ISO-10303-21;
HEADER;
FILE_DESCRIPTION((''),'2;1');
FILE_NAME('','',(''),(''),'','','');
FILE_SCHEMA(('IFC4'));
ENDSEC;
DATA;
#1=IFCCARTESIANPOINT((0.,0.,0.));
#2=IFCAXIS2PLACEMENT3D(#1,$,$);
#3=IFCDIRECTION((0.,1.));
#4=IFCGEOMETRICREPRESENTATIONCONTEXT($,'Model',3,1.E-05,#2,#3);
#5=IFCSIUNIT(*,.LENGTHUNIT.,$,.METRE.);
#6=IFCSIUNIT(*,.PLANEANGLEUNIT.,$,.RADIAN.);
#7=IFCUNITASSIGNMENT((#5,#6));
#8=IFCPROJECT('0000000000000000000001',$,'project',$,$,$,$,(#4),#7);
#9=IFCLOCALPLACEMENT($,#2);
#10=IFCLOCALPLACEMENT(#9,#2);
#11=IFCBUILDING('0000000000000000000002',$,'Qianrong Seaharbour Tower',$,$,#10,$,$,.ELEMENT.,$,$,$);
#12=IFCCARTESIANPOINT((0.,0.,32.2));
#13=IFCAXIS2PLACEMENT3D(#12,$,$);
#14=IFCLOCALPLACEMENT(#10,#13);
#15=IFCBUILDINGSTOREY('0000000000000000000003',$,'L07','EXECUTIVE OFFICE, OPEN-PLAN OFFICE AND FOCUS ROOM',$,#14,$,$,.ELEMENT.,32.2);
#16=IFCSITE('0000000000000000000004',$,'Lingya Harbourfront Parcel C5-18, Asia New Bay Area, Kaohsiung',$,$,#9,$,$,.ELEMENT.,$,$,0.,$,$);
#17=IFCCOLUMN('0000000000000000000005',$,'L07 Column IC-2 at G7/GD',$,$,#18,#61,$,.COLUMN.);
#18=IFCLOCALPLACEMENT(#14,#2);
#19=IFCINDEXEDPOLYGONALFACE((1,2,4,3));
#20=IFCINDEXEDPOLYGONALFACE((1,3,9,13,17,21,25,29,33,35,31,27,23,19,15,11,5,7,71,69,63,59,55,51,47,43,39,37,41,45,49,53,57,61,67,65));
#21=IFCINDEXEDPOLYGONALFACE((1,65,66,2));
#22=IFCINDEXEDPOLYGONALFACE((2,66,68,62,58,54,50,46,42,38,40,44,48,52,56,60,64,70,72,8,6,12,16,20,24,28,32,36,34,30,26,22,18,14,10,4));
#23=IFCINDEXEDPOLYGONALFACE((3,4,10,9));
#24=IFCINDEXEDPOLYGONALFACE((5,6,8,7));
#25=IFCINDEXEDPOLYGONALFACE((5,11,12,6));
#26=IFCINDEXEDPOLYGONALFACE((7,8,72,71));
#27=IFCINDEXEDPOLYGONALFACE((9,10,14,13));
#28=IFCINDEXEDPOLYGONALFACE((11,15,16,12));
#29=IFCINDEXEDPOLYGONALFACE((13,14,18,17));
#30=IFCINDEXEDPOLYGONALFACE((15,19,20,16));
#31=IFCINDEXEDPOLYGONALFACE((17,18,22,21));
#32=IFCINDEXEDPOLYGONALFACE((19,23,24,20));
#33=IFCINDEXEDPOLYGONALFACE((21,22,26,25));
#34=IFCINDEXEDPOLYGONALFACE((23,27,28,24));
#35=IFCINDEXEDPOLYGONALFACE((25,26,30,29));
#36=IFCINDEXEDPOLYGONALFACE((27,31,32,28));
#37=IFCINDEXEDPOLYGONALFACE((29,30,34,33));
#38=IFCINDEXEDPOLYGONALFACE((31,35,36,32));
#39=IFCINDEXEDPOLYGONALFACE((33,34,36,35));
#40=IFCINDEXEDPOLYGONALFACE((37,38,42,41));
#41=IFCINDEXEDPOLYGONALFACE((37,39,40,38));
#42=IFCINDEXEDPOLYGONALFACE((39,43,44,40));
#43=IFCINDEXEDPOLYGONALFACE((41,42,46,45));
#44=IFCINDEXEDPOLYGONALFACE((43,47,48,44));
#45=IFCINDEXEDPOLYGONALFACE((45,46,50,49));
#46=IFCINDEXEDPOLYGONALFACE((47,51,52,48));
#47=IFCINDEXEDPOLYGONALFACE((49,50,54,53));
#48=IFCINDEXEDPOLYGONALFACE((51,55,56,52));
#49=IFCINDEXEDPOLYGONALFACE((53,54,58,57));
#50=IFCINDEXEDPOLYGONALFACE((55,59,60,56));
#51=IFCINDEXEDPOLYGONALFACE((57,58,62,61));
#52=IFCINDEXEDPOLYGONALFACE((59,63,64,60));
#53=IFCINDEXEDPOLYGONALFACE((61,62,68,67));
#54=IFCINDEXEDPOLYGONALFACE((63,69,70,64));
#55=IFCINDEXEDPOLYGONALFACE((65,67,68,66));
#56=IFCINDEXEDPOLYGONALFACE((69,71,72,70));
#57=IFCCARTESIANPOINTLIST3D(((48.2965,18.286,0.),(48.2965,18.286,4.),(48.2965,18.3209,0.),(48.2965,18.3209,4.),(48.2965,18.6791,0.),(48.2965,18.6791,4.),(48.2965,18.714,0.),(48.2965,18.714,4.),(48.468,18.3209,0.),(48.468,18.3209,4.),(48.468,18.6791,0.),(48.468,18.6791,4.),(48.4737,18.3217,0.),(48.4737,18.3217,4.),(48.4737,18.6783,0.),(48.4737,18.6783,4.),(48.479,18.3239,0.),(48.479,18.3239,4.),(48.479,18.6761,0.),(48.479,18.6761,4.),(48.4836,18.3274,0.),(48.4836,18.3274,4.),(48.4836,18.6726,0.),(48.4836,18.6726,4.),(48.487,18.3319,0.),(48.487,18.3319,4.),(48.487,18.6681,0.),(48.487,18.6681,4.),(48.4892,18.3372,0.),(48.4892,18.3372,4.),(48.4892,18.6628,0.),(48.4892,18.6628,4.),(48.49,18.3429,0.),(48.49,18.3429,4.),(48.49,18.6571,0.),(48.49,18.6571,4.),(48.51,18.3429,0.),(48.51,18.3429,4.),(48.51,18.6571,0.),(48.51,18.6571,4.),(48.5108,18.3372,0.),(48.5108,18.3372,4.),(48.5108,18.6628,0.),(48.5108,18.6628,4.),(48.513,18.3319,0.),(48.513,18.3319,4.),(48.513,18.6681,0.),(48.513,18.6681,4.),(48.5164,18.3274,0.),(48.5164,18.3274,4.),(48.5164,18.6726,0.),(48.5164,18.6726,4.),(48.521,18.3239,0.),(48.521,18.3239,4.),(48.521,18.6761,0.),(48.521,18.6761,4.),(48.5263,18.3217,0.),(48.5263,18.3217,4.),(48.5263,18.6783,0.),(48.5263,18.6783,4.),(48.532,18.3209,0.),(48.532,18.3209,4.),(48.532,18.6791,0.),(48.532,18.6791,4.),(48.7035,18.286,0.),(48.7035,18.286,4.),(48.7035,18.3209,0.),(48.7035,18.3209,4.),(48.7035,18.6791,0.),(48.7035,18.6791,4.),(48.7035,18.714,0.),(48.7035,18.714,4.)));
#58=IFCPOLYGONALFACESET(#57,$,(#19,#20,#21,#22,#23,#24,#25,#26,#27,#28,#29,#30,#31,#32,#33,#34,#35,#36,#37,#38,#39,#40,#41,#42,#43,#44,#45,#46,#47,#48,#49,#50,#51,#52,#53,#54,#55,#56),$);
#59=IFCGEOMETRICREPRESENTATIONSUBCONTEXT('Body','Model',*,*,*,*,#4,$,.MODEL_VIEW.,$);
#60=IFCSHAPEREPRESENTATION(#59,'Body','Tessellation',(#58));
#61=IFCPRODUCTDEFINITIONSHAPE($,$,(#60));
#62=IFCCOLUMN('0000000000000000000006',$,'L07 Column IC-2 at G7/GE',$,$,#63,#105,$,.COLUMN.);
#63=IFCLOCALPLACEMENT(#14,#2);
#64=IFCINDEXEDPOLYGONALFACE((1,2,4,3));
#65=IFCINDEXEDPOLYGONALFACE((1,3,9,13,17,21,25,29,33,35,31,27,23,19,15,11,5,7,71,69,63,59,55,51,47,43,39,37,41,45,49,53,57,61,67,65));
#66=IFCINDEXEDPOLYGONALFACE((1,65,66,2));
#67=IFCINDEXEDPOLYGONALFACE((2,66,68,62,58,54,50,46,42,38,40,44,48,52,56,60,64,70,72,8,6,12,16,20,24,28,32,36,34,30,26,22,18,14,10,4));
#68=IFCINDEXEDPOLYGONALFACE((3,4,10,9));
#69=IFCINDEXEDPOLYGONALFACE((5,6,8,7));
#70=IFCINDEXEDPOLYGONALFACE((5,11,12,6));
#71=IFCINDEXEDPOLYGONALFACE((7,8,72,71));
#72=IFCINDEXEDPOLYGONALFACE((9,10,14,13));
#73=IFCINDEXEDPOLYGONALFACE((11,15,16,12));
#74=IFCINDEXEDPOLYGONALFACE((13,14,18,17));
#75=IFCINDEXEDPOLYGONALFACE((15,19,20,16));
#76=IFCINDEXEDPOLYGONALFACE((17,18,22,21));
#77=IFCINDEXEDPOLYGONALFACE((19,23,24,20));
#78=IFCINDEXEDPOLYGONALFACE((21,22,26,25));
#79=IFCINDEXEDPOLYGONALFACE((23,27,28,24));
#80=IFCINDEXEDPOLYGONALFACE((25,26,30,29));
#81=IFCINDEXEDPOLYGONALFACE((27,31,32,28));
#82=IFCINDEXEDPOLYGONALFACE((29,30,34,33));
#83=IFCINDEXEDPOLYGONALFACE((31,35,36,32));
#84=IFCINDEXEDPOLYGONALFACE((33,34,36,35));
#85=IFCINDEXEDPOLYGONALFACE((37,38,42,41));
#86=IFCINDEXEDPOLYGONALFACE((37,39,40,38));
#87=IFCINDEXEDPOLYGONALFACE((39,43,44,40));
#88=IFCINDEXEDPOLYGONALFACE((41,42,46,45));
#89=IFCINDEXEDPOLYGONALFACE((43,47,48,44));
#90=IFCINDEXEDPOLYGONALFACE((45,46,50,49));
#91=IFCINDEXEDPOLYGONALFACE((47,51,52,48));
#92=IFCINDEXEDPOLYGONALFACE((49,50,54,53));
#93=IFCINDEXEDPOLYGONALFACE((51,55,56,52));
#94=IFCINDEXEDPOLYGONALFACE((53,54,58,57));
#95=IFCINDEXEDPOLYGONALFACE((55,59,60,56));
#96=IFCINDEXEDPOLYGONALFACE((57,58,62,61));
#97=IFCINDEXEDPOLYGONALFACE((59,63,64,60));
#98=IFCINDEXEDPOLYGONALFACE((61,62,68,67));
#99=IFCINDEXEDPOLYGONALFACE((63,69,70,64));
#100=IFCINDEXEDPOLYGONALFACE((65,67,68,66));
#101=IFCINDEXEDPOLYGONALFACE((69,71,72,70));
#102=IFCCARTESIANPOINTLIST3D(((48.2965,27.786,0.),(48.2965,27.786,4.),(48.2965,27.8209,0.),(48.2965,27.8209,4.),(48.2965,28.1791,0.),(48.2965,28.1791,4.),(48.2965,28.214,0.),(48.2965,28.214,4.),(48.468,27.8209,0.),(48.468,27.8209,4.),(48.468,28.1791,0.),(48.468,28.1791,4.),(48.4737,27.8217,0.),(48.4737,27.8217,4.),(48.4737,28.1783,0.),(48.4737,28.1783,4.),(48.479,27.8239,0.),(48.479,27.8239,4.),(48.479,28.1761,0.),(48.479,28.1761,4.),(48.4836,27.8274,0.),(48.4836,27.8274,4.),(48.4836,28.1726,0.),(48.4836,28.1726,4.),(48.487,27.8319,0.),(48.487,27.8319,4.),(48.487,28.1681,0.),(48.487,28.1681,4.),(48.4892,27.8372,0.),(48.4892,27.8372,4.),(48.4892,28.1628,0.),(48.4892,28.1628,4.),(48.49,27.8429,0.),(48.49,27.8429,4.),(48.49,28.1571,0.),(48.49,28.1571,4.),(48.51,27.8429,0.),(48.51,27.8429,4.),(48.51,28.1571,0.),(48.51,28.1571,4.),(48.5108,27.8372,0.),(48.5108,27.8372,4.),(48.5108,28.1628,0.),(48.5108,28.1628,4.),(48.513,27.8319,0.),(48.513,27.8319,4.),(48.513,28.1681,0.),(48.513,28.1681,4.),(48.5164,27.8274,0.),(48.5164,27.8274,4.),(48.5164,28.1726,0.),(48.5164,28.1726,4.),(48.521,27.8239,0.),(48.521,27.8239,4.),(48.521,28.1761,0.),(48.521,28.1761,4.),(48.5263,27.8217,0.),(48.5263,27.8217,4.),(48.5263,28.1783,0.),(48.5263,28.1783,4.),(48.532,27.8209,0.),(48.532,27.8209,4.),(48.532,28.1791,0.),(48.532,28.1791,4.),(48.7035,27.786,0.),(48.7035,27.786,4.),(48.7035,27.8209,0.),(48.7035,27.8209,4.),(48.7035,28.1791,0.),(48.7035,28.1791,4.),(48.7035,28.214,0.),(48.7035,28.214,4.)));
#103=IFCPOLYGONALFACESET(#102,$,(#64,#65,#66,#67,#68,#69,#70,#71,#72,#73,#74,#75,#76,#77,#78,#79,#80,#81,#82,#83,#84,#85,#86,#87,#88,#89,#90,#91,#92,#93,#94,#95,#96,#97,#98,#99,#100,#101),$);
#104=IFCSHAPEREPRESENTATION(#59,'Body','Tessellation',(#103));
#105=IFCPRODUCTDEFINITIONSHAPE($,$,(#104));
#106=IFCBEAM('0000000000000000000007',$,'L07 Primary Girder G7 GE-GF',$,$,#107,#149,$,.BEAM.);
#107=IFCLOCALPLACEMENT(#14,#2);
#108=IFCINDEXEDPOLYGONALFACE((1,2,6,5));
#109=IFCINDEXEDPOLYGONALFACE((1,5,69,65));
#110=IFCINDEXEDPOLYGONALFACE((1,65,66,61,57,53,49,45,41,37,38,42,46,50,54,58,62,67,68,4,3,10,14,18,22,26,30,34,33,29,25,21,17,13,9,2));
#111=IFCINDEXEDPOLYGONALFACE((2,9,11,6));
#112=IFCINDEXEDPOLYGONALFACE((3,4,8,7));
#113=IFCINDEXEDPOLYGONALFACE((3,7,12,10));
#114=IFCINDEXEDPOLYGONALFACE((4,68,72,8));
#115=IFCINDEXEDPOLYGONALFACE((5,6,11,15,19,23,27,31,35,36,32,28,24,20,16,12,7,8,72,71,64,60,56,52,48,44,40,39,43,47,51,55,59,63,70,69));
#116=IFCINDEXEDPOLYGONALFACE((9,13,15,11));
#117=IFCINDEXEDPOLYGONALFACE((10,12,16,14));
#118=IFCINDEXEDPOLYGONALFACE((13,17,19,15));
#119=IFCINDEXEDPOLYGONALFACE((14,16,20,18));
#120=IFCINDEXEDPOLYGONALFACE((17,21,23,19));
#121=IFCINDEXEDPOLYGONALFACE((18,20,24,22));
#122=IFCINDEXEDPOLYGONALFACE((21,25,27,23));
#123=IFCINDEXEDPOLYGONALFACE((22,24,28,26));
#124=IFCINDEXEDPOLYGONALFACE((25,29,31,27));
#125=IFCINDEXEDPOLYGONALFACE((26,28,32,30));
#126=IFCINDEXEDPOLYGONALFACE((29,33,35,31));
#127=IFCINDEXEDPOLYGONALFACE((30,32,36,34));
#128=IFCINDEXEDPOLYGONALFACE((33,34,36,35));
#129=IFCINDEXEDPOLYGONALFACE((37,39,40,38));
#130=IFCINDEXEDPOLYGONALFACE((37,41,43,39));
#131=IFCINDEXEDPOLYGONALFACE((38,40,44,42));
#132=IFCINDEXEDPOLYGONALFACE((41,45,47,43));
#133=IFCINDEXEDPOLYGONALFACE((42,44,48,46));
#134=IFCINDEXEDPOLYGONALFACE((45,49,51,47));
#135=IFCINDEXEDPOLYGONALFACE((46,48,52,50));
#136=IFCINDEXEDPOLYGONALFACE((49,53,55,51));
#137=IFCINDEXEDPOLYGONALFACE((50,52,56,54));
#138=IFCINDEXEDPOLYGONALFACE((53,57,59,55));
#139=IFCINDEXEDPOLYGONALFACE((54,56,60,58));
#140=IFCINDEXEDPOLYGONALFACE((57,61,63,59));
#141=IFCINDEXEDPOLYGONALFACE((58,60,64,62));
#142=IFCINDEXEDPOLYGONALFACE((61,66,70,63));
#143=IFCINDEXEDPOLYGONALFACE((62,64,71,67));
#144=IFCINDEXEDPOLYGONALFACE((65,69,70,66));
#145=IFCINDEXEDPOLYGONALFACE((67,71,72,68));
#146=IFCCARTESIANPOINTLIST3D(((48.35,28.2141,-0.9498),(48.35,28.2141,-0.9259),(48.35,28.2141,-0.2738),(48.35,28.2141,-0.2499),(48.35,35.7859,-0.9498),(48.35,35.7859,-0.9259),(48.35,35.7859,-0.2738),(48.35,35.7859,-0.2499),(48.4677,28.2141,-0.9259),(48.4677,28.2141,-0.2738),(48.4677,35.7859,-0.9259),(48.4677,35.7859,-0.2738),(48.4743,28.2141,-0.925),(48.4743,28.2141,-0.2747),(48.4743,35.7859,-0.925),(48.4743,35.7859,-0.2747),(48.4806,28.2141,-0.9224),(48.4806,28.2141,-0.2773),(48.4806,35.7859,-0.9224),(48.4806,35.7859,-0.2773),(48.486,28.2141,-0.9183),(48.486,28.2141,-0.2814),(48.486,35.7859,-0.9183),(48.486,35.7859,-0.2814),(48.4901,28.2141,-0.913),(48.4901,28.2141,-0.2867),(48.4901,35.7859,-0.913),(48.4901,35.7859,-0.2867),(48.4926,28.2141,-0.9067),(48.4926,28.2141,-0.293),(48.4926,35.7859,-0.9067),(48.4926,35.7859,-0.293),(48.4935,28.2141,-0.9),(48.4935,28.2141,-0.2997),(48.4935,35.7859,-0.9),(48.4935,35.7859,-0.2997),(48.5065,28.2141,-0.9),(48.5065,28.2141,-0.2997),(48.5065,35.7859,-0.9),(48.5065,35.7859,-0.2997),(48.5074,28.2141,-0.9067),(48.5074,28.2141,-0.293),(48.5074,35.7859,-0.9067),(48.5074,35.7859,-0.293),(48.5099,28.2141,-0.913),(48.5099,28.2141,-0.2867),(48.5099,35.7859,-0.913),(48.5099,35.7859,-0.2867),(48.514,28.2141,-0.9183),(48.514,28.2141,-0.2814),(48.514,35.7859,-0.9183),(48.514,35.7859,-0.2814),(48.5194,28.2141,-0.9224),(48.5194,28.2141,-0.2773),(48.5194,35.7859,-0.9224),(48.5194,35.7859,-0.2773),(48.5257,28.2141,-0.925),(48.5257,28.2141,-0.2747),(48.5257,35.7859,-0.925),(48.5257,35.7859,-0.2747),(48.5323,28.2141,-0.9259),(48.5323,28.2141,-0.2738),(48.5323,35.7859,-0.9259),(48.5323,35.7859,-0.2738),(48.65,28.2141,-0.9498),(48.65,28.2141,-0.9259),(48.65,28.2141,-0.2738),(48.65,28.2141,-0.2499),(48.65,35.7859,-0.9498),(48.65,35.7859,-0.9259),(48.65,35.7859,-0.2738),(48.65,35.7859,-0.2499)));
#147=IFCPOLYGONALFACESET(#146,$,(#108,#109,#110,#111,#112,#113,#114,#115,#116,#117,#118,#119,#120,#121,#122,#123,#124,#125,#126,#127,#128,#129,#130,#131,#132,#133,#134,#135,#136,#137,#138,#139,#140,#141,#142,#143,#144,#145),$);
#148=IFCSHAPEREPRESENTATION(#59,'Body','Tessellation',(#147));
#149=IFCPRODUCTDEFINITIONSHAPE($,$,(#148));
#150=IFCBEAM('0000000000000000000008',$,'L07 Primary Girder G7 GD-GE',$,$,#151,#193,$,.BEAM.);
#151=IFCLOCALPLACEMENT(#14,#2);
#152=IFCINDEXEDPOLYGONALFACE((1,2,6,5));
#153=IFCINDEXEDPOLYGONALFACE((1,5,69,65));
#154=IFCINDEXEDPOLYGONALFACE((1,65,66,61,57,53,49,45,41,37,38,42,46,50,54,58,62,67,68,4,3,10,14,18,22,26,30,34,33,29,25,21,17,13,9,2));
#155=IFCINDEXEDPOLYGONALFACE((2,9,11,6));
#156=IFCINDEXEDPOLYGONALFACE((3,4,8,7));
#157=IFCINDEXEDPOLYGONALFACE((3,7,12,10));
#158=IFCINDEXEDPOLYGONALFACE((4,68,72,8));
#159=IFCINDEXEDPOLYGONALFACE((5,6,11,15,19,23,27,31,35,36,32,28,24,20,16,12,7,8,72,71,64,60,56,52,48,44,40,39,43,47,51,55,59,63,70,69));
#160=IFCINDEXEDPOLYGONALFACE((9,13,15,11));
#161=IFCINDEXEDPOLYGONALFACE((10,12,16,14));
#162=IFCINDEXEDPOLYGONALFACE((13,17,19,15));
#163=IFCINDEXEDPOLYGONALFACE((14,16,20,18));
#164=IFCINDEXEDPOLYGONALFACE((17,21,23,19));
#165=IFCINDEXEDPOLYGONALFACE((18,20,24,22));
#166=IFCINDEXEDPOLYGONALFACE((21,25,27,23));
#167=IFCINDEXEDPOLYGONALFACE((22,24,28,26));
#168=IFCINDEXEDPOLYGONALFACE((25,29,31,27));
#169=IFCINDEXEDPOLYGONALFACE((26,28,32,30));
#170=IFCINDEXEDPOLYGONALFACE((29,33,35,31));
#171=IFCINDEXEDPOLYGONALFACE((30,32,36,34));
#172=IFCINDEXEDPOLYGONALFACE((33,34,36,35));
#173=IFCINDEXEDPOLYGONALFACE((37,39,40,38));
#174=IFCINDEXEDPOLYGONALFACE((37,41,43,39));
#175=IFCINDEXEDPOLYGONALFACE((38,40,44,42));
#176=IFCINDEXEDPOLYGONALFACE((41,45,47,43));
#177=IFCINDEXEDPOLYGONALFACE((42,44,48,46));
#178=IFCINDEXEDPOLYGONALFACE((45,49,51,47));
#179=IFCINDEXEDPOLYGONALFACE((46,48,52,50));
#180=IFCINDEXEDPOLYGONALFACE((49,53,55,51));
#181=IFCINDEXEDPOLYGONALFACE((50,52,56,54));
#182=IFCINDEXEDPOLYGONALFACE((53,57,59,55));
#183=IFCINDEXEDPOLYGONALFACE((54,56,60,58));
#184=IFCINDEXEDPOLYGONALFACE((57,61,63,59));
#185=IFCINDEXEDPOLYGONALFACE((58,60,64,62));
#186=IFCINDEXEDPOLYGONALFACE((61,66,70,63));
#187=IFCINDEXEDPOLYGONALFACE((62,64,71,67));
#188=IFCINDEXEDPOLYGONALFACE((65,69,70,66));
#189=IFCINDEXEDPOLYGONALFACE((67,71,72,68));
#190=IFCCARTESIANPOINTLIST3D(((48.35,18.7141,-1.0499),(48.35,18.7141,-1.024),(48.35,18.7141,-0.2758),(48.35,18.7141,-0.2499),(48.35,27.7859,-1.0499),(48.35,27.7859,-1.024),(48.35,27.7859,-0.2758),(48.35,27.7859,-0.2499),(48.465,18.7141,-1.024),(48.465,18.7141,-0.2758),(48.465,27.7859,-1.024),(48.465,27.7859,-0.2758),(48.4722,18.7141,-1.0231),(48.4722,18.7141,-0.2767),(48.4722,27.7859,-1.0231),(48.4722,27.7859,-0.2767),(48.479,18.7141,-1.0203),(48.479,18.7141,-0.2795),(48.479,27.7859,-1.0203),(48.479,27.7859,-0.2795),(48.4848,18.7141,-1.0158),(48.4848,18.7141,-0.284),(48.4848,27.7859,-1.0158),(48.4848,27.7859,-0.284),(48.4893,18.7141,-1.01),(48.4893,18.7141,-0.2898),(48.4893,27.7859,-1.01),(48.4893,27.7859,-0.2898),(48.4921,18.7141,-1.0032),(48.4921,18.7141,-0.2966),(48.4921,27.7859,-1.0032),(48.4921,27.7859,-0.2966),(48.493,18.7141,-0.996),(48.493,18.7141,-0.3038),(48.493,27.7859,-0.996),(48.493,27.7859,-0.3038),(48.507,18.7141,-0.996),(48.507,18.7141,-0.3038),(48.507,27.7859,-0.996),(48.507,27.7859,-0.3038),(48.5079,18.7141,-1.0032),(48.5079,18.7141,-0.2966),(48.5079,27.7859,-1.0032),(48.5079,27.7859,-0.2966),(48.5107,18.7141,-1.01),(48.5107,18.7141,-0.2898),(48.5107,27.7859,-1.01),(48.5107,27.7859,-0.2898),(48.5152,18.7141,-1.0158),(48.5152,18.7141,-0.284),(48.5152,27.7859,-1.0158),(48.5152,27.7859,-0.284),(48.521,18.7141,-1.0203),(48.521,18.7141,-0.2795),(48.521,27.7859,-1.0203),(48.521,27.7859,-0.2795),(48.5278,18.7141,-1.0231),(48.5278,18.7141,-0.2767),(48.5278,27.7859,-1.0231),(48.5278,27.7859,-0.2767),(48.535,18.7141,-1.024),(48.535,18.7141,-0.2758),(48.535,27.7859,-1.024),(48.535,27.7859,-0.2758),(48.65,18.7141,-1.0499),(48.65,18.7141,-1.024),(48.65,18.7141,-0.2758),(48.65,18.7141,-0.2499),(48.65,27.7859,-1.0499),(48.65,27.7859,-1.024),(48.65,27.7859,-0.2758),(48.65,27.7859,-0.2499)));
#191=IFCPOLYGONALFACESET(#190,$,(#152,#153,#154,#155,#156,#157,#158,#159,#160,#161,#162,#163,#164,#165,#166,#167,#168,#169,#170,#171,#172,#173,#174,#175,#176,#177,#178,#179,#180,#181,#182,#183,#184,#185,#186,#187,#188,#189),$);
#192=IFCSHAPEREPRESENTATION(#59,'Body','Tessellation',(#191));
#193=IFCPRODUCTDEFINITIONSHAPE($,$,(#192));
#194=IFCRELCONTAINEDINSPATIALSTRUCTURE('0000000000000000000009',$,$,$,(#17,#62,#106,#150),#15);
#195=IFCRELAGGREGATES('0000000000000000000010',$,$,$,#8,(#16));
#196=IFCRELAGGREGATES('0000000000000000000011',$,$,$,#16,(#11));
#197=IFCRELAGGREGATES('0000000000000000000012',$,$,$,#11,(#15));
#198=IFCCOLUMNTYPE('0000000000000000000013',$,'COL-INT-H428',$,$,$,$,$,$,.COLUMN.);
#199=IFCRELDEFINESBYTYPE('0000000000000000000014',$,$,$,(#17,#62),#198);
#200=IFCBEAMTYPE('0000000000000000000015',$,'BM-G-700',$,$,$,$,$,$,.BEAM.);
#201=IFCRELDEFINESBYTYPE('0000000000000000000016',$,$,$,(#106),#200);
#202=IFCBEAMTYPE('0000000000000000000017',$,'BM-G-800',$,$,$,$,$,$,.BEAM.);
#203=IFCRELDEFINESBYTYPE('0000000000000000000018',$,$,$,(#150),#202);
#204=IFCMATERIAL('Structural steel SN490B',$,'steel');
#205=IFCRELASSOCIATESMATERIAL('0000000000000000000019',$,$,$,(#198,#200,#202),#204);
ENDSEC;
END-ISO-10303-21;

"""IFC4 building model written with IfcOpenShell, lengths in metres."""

from ifc_helpers import new_model, si_unit, direction, frame, origin, origin_2d, place, context, subcontext, project, spatial, i_section, extrude, material, material_profile, profile_set, type_object, element, save


model = new_model("IFC4")

# Units and contexts
model_context = context("Model", 3, precision=1e-05, world=origin(), true_north=direction((0.0, 1.0)))
body_context = subcontext(model_context, "Body", "Model", "MODEL_VIEW")
ifc_project = project(units=[si_unit("LENGTHUNIT", "METRE"), si_unit("PLANEANGLEUNIT", "RADIAN")], contexts=[model_context])

# Site, building, storey
site_placement = place(None, origin())
site = spatial("IfcSite", under=ifc_project, at=site_placement, Name="Lingya Harbourfront Parcel C5-18, Asia New Bay Area, Kaohsiung", CompositionType="ELEMENT", RefElevation=0.0)
building_placement = place(site_placement, origin())
building = spatial("IfcBuilding", under=site, at=building_placement, Name="Qianrong Seaharbour Tower", CompositionType="ELEMENT")
storey_placement = place(building_placement, frame((0.0, 0.0, 32.2)))
storey = spatial("IfcBuildingStorey", under=building, at=storey_placement, Name="L07", Description="EXECUTIVE OFFICE, OPEN-PLAN OFFICE AND FOCUS ROOM", CompositionType="ELEMENT", Elevation=32.2)

# Columns
ifc_material_1 = material(Name="Structural steel SN490B", Category="steel")
ifc_material_profile_1 = material_profile(ifc_material_1, i_section(OverallWidth=0.407, OverallDepth=0.428, WebThickness=0.02, FlangeThickness=0.0349, FilletRadius=0.022, at=origin_2d()), Name="H428x407x20x35")
ifc_profile_set_1 = profile_set([ifc_material_profile_1], Name="Structural steel SN490B")
column_type = type_object("IfcColumnType", Name="COL-INT-H428", PredefinedType="COLUMN", material=ifc_profile_set_1)
for number, where, z_axis, x_axis, name in (
    (1, (48.5, 18.5, 0.0), (0.0, 0.0, 1.0), (1.0, 0.0, 0.0), "L07 Column IC-2 at G7/GD"),
    (2, (48.5, 28.0, 0.0), (0.0, 0.0, 1.0), (1.0, 0.0, 0.0), "L07 Column IC-2 at G7/GE"),
):
    element("IfcColumn", number, at=place(storey_placement, frame(where, z_axis=z_axis, x_axis=x_axis)), inside=storey, type_object=column_type, Name=name, PredefinedType="COLUMN", context=body_context, shape_type="SweptSolid", body=[
        extrude(i_section(OverallWidth=0.407, OverallDepth=0.428, WebThickness=0.02, FlangeThickness=0.0349, FilletRadius=0.022, at=origin_2d()), origin(), (0.0, 0.0, 1.0), 4.0),
    ])

# Beams
ifc_material_profile_2 = material_profile(ifc_material_1, i_section(OverallWidth=0.3, OverallDepth=0.7, WebThickness=0.0129, FlangeThickness=0.0239, FilletRadius=0.0259, at=origin_2d()), Name="H700x300x13x24")
ifc_profile_set_2 = profile_set([ifc_material_profile_2], Name="Structural steel SN490B")
beam_type_1 = type_object("IfcBeamType", Name="BM-G-700", PredefinedType="BEAM", material=ifc_profile_set_2)
beam_1_placement = place(storey_placement, frame((48.5, 28.2141, -0.5999), z_axis=(0.0, 1.0, 0.0), x_axis=(-1.0, 0.0, 0.0)))
element("IfcBeam", 3, at=beam_1_placement, inside=storey, type_object=beam_type_1, Name="L07 Primary Girder G7 GE-GF", PredefinedType="BEAM", context=body_context, shape_type="SweptSolid", body=[
    extrude(i_section(OverallWidth=0.3, OverallDepth=0.7, WebThickness=0.0129, FlangeThickness=0.0239, FilletRadius=0.0259, at=origin_2d()), origin(), (0.0, 0.0, 1.0), 7.5718),
])
ifc_material_profile_3 = material_profile(ifc_material_1, i_section(OverallWidth=0.3, OverallDepth=0.8, WebThickness=0.0139, FlangeThickness=0.0259, FilletRadius=0.0281, at=origin_2d()), Name="H800x300x14x26")
ifc_profile_set_3 = profile_set([ifc_material_profile_3], Name="Structural steel SN490B")
beam_type_2 = type_object("IfcBeamType", Name="BM-G-800", PredefinedType="BEAM", material=ifc_profile_set_3)
beam_2_placement = place(storey_placement, frame((48.5, 18.7141, -0.6499), z_axis=(0.0, 1.0, 0.0), x_axis=(-1.0, 0.0, 0.0)))
element("IfcBeam", 4, at=beam_2_placement, inside=storey, type_object=beam_type_2, Name="L07 Primary Girder G7 GD-GE", PredefinedType="BEAM", context=body_context, shape_type="SweptSolid", body=[
    extrude(i_section(OverallWidth=0.3, OverallDepth=0.8, WebThickness=0.0139, FlangeThickness=0.0259, FilletRadius=0.0281, at=origin_2d()), origin(), (0.0, 0.0, 1.0), 9.0718),
])

save(model, "model.ifc")
